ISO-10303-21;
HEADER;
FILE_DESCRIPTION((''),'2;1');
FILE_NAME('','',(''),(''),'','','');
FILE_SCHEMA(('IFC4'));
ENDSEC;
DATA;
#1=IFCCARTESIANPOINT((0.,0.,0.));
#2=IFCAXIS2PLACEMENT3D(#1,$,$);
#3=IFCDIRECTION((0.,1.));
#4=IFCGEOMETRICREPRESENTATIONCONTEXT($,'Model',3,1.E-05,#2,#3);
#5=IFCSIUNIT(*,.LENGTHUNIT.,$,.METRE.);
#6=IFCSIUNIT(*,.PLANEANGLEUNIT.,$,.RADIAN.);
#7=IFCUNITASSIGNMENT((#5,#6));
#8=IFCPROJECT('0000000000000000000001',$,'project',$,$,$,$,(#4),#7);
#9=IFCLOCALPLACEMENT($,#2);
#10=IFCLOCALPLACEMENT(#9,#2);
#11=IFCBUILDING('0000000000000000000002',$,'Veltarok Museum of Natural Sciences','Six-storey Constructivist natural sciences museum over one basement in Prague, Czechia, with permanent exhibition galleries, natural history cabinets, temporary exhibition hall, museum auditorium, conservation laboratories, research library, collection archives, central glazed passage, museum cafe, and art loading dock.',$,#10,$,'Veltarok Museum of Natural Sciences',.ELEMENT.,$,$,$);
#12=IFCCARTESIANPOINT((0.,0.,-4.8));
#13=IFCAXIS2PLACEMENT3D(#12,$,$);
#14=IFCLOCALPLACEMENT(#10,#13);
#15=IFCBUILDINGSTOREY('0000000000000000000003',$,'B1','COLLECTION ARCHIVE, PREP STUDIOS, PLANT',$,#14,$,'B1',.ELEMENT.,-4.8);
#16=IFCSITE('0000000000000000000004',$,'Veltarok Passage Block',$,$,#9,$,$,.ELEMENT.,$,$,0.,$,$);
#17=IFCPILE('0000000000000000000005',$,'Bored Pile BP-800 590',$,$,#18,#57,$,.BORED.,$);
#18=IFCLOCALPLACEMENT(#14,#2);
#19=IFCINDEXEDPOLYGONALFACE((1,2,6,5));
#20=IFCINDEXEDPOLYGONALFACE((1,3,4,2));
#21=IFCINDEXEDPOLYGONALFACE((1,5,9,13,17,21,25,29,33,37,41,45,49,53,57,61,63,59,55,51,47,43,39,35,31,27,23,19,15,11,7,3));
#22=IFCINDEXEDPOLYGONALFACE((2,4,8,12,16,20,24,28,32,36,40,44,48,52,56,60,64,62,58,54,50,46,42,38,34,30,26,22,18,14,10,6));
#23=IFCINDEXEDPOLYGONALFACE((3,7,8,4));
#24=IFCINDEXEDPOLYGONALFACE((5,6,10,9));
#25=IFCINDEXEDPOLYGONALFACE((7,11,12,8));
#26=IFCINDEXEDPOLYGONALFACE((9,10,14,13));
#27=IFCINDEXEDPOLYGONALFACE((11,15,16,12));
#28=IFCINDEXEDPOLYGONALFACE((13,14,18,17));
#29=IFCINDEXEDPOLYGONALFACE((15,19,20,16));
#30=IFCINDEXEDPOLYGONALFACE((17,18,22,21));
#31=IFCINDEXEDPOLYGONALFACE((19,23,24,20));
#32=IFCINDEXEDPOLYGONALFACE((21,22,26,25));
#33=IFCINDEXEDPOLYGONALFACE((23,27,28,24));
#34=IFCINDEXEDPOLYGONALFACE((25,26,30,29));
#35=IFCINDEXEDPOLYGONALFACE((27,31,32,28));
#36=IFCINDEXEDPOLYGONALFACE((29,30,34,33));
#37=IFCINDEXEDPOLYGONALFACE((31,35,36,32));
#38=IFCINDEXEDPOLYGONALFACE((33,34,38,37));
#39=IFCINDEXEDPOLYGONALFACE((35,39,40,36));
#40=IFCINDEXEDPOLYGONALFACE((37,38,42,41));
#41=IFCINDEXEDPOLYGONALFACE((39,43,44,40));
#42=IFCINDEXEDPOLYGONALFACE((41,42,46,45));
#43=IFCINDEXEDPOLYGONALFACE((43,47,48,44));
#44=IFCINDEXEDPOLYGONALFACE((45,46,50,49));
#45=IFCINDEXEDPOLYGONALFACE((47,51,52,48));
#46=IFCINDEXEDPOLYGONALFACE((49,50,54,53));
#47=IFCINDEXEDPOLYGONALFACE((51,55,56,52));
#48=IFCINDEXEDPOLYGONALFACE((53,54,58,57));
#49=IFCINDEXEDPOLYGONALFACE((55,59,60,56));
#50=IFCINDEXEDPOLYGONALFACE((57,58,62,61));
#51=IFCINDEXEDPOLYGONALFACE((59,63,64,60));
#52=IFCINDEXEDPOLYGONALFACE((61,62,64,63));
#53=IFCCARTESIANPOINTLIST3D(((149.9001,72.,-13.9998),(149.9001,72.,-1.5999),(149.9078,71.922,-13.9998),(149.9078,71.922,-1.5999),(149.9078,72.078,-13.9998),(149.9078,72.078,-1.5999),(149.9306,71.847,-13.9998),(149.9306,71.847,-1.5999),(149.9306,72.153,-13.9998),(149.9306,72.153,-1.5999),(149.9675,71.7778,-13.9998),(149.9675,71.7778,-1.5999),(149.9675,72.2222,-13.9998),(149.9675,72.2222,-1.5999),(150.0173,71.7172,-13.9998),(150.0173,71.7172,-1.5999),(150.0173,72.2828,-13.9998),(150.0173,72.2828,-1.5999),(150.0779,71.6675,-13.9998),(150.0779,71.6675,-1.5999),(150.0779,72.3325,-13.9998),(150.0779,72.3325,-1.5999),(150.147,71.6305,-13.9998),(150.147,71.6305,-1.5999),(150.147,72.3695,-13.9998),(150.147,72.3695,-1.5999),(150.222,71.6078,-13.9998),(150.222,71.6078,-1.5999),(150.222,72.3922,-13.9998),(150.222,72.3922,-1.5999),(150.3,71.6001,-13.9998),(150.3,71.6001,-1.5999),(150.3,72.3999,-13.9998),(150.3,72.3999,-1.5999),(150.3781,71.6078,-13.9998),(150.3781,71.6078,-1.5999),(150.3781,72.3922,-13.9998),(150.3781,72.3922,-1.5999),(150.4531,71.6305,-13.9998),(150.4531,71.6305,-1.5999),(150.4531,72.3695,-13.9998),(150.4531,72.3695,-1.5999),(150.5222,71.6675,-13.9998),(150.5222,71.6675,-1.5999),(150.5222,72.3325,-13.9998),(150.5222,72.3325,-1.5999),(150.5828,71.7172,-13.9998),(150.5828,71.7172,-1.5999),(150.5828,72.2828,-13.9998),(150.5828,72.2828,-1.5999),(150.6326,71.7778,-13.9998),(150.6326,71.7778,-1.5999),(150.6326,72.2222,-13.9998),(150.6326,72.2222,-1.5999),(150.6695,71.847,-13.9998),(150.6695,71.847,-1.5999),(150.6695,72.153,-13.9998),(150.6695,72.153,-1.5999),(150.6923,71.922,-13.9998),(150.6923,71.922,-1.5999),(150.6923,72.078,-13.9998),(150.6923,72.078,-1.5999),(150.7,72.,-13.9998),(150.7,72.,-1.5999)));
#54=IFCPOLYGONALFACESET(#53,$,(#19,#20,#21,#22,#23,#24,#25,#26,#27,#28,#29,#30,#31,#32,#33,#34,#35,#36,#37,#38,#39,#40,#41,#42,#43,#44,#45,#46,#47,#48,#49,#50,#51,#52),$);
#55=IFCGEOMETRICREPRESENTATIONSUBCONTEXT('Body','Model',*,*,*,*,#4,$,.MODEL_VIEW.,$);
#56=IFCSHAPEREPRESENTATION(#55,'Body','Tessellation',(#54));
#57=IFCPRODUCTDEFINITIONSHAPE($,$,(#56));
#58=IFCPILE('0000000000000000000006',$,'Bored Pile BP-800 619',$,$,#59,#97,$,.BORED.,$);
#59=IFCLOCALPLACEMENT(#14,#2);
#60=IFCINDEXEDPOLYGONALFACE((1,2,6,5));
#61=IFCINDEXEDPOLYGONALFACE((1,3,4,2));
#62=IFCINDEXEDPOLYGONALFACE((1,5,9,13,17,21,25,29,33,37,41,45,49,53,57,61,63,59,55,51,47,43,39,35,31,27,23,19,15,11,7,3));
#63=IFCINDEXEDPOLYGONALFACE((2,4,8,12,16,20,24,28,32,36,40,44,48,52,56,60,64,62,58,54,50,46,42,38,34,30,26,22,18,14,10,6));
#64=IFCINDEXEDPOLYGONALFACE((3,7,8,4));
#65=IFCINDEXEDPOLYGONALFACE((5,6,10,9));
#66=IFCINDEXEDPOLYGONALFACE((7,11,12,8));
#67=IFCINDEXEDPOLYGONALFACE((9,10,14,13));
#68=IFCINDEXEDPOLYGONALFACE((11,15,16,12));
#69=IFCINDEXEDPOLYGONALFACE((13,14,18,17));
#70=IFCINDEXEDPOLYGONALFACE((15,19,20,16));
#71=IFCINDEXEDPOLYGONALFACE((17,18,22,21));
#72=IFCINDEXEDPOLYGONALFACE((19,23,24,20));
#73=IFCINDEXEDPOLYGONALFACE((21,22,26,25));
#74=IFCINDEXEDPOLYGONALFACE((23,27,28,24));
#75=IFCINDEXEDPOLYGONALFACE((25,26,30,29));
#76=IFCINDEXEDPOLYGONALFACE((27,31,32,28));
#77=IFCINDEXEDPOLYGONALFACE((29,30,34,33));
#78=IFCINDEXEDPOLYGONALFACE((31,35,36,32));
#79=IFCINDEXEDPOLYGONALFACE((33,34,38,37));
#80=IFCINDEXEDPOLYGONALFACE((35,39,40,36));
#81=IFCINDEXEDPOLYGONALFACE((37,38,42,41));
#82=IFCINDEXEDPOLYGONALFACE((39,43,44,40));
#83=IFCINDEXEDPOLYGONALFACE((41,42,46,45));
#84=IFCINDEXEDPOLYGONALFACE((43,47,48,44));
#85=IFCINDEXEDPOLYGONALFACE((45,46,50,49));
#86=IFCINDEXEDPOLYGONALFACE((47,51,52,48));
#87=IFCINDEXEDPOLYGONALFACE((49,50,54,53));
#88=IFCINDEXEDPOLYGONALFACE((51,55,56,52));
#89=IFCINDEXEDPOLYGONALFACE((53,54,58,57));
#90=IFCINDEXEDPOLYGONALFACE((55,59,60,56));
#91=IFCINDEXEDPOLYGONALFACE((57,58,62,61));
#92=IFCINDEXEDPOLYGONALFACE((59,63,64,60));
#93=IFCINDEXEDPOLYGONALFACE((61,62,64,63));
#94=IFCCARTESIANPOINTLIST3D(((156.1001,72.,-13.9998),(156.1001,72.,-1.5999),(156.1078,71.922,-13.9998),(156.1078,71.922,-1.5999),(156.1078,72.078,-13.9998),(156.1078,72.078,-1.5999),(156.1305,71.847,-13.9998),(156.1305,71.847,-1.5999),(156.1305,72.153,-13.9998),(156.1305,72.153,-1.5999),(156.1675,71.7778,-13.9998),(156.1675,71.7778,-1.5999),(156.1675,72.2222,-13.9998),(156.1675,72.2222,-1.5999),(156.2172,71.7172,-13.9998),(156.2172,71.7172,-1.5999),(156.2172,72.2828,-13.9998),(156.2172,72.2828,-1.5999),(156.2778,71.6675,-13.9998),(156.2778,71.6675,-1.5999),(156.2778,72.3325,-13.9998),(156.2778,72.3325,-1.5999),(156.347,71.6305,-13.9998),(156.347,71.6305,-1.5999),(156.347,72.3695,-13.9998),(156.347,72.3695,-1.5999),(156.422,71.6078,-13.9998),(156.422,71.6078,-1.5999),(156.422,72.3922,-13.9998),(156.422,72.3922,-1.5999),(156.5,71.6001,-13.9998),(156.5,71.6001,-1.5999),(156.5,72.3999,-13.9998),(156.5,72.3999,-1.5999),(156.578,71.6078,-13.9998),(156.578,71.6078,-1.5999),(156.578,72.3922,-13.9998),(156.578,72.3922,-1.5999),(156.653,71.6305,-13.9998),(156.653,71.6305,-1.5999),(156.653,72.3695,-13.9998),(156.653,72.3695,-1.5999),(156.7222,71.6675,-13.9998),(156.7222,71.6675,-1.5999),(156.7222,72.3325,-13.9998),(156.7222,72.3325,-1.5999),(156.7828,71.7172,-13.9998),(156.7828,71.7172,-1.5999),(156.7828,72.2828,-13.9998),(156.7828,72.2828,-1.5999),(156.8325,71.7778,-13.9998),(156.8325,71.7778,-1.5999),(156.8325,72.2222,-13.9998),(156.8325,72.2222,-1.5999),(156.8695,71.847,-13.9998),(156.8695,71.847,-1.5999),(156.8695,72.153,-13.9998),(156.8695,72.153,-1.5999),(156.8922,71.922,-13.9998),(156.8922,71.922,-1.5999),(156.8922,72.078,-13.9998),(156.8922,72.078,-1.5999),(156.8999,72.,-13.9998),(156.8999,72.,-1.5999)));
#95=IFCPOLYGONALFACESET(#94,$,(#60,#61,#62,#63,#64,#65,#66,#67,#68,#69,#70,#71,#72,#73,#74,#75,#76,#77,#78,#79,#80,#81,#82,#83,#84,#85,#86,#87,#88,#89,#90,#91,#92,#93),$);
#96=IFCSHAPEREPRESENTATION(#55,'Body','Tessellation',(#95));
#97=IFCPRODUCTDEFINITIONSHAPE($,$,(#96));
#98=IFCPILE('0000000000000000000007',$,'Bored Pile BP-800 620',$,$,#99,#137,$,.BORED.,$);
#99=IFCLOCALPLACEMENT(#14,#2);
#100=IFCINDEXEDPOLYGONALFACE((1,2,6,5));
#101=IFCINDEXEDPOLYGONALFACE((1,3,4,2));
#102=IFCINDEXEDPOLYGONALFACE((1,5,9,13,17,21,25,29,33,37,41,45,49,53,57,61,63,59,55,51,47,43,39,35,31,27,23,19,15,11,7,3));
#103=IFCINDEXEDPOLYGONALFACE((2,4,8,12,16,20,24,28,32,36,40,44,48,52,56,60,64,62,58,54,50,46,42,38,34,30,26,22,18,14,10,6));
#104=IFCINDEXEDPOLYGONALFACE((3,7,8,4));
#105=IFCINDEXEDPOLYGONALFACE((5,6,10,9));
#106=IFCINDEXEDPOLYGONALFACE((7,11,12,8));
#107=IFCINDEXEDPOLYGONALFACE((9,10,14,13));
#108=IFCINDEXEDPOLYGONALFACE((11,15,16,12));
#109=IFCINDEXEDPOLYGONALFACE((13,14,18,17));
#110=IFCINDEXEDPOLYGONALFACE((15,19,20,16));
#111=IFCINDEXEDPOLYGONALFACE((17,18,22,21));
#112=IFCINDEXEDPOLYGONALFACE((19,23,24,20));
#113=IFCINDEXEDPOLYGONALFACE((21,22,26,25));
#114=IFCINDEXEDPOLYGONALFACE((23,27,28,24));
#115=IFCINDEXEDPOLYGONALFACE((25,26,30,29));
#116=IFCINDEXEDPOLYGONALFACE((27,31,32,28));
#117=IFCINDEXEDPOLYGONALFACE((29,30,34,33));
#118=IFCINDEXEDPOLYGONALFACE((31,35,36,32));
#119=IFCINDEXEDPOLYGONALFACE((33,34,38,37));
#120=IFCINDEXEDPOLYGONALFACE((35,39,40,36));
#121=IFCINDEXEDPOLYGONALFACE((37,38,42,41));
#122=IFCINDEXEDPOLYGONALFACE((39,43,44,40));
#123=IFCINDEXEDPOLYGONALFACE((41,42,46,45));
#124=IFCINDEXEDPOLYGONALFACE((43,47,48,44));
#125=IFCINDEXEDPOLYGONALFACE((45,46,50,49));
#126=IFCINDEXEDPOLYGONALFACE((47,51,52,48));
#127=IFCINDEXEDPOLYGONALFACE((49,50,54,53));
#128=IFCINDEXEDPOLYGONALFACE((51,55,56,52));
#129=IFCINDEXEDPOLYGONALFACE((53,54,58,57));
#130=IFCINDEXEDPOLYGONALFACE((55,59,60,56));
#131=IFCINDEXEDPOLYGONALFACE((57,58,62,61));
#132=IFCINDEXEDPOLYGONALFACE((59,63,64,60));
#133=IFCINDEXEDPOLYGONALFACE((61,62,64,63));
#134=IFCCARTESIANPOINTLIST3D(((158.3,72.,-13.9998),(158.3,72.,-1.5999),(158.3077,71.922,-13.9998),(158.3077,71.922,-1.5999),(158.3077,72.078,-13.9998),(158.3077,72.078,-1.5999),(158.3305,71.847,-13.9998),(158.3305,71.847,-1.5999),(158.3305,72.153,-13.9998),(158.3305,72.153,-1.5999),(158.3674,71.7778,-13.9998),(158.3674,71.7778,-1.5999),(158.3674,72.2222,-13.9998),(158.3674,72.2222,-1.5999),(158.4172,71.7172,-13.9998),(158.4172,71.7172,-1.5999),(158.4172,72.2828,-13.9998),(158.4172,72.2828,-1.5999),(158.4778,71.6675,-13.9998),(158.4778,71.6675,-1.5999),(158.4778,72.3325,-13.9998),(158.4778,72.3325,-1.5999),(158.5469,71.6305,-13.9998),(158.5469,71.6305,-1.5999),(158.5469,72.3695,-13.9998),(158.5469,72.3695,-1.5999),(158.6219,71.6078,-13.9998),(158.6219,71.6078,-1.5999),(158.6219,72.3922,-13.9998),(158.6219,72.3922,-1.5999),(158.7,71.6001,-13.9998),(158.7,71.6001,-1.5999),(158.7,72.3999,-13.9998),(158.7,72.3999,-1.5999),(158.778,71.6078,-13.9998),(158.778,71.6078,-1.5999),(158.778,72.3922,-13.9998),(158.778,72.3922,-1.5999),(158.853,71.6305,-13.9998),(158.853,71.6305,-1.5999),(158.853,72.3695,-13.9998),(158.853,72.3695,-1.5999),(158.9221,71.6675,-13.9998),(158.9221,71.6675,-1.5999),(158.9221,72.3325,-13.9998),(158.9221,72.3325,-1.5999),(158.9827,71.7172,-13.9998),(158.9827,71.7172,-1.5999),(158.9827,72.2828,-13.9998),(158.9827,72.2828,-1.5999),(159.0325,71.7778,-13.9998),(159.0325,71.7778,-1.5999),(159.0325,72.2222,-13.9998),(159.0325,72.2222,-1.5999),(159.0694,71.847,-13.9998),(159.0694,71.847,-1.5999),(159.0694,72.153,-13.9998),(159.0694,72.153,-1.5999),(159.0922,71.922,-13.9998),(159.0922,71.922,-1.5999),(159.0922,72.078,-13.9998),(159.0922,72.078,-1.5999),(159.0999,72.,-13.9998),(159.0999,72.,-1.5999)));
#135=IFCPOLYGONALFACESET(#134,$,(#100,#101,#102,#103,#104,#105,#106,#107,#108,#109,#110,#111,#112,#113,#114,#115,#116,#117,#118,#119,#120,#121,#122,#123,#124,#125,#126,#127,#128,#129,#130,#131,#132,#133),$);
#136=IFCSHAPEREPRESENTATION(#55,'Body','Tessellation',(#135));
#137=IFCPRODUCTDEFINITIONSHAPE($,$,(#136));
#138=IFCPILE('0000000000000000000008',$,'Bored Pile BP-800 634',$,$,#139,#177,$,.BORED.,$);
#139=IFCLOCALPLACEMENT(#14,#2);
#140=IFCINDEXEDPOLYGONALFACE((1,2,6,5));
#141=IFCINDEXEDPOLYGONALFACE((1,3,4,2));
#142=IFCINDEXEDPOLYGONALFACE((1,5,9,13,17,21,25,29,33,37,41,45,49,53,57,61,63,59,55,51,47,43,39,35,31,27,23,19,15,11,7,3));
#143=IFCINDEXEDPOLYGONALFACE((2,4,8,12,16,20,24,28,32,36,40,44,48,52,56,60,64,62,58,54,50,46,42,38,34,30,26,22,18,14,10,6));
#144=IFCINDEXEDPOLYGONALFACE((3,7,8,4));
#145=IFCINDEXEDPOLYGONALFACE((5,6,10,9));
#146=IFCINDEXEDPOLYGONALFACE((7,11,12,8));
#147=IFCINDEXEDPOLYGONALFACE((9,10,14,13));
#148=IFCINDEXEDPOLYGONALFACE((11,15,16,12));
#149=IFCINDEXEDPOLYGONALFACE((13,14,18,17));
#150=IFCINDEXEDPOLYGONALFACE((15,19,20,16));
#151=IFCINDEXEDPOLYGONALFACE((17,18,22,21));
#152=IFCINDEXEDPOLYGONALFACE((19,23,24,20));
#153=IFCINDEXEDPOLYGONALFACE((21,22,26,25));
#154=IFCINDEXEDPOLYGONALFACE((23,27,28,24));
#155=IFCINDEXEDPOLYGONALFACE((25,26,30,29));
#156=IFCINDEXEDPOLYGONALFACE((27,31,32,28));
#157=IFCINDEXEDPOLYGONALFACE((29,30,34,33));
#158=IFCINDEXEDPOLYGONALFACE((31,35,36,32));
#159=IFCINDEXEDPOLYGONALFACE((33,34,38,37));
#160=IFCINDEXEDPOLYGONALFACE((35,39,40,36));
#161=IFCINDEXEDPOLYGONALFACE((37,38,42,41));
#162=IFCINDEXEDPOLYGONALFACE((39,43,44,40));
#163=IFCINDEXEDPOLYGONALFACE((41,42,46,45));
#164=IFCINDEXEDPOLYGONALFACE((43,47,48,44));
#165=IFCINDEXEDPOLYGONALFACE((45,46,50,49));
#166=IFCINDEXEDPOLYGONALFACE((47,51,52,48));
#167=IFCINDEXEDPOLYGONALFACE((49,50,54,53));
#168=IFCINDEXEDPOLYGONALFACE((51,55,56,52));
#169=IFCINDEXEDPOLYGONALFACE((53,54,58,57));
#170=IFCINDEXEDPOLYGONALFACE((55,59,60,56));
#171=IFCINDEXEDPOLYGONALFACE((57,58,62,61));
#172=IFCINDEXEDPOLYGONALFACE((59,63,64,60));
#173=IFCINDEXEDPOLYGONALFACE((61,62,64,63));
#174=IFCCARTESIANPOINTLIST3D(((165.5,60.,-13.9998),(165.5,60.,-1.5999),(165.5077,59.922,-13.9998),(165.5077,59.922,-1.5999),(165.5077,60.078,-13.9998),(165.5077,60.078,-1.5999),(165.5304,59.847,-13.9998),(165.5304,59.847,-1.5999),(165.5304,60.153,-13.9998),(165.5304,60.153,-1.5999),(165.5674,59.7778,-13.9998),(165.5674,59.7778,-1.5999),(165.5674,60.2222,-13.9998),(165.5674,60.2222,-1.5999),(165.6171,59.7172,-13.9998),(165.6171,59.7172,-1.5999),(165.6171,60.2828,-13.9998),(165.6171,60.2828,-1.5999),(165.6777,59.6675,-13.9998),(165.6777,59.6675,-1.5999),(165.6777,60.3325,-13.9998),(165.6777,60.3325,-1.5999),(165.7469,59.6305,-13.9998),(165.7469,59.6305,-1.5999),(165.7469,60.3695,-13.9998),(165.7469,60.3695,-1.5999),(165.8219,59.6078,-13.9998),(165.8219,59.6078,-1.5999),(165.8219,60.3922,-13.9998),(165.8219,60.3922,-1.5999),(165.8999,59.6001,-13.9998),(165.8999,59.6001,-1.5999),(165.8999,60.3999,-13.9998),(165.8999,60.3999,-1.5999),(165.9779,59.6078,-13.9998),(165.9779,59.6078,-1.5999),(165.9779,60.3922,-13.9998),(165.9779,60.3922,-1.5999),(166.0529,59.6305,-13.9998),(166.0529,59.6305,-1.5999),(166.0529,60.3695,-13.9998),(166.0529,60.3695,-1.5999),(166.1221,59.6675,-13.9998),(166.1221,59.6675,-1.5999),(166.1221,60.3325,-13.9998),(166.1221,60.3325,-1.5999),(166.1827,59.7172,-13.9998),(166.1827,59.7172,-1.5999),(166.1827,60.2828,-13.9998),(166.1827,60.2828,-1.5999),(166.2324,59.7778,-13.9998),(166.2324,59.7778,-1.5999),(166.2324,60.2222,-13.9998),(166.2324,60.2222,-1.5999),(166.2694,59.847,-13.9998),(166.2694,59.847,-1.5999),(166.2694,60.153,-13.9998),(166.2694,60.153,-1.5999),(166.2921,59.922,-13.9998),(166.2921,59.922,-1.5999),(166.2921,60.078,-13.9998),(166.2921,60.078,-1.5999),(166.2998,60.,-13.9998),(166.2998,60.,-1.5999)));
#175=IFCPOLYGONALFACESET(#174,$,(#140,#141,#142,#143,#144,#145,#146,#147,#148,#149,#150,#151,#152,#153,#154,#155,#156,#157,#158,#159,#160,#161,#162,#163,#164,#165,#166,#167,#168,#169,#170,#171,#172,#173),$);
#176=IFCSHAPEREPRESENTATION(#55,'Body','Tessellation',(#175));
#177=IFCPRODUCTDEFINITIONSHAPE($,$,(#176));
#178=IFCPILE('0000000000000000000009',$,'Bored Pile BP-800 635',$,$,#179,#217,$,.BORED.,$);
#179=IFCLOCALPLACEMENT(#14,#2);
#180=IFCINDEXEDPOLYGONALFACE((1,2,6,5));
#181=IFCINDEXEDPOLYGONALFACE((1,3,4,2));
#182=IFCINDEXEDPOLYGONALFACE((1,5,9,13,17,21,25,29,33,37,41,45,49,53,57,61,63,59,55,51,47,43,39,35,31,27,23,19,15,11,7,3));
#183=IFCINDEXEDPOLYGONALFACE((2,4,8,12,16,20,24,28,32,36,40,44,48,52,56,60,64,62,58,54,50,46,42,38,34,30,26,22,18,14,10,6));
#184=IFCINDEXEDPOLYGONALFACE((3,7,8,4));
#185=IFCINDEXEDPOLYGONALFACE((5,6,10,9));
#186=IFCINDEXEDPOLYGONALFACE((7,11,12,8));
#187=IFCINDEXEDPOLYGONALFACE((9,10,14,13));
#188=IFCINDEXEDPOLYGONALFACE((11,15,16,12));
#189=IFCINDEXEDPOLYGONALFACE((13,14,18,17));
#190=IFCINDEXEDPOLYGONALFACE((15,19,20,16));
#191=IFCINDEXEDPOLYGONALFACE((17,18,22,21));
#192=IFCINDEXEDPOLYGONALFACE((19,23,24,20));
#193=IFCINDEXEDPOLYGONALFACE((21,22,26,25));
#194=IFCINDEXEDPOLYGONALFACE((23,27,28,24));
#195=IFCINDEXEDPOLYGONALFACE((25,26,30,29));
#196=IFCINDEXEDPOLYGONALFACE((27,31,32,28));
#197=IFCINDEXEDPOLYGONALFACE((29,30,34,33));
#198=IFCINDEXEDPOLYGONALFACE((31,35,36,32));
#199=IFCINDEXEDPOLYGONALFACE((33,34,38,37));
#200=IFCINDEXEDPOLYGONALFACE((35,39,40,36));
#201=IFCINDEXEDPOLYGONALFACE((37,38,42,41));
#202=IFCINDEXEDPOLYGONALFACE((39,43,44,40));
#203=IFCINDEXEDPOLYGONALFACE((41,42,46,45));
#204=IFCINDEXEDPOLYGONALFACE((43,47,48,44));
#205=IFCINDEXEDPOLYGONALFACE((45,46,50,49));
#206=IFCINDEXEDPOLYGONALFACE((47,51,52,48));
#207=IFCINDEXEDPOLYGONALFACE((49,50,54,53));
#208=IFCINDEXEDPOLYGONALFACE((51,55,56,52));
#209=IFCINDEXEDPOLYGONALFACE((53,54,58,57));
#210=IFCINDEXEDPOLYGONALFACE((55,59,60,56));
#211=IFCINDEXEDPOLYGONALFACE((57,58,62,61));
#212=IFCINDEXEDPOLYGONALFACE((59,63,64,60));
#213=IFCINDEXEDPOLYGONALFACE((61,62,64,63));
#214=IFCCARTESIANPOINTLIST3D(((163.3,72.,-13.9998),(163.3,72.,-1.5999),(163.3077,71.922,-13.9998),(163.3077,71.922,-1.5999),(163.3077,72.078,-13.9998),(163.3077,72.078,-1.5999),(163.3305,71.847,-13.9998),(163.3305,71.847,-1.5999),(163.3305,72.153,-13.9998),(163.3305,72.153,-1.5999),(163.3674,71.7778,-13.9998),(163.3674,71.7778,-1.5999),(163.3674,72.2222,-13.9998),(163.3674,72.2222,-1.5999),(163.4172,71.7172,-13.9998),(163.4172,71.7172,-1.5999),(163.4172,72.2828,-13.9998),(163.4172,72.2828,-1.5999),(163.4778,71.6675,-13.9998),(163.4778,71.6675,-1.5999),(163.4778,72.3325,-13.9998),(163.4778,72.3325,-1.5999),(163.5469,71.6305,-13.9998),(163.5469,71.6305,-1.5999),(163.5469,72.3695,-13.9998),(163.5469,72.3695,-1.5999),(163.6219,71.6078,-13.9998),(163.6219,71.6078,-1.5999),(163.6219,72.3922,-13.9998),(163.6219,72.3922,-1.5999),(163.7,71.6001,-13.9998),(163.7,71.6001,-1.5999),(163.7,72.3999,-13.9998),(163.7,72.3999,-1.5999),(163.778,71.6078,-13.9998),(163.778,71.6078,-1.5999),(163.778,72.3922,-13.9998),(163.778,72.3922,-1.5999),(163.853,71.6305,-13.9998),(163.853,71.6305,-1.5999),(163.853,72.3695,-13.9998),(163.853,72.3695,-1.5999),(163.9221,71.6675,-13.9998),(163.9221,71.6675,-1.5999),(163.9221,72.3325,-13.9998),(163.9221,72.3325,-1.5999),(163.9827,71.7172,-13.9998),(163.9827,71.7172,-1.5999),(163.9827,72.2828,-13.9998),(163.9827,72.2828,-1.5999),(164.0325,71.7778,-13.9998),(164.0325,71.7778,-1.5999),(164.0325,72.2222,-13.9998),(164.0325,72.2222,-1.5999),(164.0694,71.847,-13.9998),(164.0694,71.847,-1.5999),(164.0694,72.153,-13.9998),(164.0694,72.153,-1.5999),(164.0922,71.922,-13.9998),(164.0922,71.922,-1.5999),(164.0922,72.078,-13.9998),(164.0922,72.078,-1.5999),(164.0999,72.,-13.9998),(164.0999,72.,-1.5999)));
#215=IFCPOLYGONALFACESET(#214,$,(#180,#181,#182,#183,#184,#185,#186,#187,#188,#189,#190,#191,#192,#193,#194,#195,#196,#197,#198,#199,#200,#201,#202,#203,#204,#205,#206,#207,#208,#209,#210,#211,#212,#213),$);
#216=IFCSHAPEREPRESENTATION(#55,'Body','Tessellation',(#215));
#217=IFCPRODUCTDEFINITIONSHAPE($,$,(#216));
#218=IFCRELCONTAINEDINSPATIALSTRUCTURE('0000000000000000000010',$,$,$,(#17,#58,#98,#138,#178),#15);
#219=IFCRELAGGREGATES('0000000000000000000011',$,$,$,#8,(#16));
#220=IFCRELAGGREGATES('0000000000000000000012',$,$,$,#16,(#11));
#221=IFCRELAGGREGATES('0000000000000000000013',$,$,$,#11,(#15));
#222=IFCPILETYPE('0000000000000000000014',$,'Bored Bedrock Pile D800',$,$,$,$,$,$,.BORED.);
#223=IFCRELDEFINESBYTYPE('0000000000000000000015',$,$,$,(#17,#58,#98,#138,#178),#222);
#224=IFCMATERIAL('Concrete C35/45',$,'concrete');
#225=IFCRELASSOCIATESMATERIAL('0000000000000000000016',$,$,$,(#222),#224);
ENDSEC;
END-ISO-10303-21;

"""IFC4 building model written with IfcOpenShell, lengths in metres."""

from ifc_helpers import new_model, si_unit, direction, frame, origin, origin_2d, place, context, subcontext, project, spatial, circle, extrude, material, material_profile, profile_set, type_object, element, save


model = new_model("IFC4")

# Units and contexts
model_context = context("Model", 3, precision=1e-05, world=origin(), true_north=direction((0.0, 1.0)))
body_context = subcontext(model_context, "Body", "Model", "MODEL_VIEW")
ifc_project = project(units=[si_unit("LENGTHUNIT", "METRE"), si_unit("PLANEANGLEUNIT", "RADIAN")], contexts=[model_context])

# Site, building, storey
site_placement = place(None, origin())
site = spatial("IfcSite", under=ifc_project, at=site_placement, Name="Veltarok Passage Block", CompositionType="ELEMENT", RefElevation=0.0)
building_placement = place(site_placement, origin())
building = spatial("IfcBuilding", under=site, at=building_placement, Name="Veltarok Museum of Natural Sciences", Description="Six-storey Constructivist natural sciences museum over one basement in Prague, Czechia, with permanent exhibition galleries, natural history cabinets, temporary exhibition hall, museum auditorium, conservation laboratories, research library, collection archives, central glazed passage, museum cafe, and art loading dock.", LongName="Veltarok Museum of Natural Sciences", CompositionType="ELEMENT")
storey_placement = place(building_placement, frame((0.0, 0.0, -4.8)))
storey = spatial("IfcBuildingStorey", under=building, at=storey_placement, Name="B1", Description="COLLECTION ARCHIVE, PREP STUDIOS, PLANT", LongName="B1", CompositionType="ELEMENT", Elevation=-4.8)

# Piles
ifc_material_1 = material(Name="Concrete C35/45", Category="concrete")
ifc_material_profile_1 = material_profile(ifc_material_1, circle(Radius=0.3999, at=origin_2d()), Name="BP D800")
ifc_profile_set_1 = profile_set([ifc_material_profile_1], Name="Concrete C35/45")
pile_type_1 = type_object("IfcPileType", Name="Bored Bedrock Pile D800", PredefinedType="BORED", material=ifc_profile_set_1)
for number, where, z_axis, x_axis, name in (
    (1, (150.3, 72.0, -1.5999), (0.0, 0.0, -1.0), (1.0, 0.0, 0.0), "Bored Pile BP-800 590"),
    (2, (156.5, 72.0, -1.5999), (0.0, 0.0, -1.0), (1.0, 0.0, 0.0), "Bored Pile BP-800 619"),
    (3, (158.7, 72.0, -1.5999), (0.0, 0.0, -1.0), (1.0, 0.0, 0.0), "Bored Pile BP-800 620"),
    (4, (165.8999, 60.0, -1.5999), (0.0, 0.0, -1.0), (1.0, 0.0, 0.0), "Bored Pile BP-800 634"),
    (5, (163.7, 72.0, -1.5999), (0.0, 0.0, -1.0), (1.0, 0.0, 0.0), "Bored Pile BP-800 635"),
):
    element("IfcPile", number, at=place(storey_placement, frame(where, z_axis=z_axis, x_axis=x_axis)), inside=storey, type_object=pile_type_1, Name=name, PredefinedType="BORED", context=body_context, shape_type="SweptSolid", body=[
        extrude(circle(Radius=0.3999, at=origin_2d()), origin(), (0.0, 0.0, 1.0), 12.3999),
    ])

save(model, "model.ifc")
